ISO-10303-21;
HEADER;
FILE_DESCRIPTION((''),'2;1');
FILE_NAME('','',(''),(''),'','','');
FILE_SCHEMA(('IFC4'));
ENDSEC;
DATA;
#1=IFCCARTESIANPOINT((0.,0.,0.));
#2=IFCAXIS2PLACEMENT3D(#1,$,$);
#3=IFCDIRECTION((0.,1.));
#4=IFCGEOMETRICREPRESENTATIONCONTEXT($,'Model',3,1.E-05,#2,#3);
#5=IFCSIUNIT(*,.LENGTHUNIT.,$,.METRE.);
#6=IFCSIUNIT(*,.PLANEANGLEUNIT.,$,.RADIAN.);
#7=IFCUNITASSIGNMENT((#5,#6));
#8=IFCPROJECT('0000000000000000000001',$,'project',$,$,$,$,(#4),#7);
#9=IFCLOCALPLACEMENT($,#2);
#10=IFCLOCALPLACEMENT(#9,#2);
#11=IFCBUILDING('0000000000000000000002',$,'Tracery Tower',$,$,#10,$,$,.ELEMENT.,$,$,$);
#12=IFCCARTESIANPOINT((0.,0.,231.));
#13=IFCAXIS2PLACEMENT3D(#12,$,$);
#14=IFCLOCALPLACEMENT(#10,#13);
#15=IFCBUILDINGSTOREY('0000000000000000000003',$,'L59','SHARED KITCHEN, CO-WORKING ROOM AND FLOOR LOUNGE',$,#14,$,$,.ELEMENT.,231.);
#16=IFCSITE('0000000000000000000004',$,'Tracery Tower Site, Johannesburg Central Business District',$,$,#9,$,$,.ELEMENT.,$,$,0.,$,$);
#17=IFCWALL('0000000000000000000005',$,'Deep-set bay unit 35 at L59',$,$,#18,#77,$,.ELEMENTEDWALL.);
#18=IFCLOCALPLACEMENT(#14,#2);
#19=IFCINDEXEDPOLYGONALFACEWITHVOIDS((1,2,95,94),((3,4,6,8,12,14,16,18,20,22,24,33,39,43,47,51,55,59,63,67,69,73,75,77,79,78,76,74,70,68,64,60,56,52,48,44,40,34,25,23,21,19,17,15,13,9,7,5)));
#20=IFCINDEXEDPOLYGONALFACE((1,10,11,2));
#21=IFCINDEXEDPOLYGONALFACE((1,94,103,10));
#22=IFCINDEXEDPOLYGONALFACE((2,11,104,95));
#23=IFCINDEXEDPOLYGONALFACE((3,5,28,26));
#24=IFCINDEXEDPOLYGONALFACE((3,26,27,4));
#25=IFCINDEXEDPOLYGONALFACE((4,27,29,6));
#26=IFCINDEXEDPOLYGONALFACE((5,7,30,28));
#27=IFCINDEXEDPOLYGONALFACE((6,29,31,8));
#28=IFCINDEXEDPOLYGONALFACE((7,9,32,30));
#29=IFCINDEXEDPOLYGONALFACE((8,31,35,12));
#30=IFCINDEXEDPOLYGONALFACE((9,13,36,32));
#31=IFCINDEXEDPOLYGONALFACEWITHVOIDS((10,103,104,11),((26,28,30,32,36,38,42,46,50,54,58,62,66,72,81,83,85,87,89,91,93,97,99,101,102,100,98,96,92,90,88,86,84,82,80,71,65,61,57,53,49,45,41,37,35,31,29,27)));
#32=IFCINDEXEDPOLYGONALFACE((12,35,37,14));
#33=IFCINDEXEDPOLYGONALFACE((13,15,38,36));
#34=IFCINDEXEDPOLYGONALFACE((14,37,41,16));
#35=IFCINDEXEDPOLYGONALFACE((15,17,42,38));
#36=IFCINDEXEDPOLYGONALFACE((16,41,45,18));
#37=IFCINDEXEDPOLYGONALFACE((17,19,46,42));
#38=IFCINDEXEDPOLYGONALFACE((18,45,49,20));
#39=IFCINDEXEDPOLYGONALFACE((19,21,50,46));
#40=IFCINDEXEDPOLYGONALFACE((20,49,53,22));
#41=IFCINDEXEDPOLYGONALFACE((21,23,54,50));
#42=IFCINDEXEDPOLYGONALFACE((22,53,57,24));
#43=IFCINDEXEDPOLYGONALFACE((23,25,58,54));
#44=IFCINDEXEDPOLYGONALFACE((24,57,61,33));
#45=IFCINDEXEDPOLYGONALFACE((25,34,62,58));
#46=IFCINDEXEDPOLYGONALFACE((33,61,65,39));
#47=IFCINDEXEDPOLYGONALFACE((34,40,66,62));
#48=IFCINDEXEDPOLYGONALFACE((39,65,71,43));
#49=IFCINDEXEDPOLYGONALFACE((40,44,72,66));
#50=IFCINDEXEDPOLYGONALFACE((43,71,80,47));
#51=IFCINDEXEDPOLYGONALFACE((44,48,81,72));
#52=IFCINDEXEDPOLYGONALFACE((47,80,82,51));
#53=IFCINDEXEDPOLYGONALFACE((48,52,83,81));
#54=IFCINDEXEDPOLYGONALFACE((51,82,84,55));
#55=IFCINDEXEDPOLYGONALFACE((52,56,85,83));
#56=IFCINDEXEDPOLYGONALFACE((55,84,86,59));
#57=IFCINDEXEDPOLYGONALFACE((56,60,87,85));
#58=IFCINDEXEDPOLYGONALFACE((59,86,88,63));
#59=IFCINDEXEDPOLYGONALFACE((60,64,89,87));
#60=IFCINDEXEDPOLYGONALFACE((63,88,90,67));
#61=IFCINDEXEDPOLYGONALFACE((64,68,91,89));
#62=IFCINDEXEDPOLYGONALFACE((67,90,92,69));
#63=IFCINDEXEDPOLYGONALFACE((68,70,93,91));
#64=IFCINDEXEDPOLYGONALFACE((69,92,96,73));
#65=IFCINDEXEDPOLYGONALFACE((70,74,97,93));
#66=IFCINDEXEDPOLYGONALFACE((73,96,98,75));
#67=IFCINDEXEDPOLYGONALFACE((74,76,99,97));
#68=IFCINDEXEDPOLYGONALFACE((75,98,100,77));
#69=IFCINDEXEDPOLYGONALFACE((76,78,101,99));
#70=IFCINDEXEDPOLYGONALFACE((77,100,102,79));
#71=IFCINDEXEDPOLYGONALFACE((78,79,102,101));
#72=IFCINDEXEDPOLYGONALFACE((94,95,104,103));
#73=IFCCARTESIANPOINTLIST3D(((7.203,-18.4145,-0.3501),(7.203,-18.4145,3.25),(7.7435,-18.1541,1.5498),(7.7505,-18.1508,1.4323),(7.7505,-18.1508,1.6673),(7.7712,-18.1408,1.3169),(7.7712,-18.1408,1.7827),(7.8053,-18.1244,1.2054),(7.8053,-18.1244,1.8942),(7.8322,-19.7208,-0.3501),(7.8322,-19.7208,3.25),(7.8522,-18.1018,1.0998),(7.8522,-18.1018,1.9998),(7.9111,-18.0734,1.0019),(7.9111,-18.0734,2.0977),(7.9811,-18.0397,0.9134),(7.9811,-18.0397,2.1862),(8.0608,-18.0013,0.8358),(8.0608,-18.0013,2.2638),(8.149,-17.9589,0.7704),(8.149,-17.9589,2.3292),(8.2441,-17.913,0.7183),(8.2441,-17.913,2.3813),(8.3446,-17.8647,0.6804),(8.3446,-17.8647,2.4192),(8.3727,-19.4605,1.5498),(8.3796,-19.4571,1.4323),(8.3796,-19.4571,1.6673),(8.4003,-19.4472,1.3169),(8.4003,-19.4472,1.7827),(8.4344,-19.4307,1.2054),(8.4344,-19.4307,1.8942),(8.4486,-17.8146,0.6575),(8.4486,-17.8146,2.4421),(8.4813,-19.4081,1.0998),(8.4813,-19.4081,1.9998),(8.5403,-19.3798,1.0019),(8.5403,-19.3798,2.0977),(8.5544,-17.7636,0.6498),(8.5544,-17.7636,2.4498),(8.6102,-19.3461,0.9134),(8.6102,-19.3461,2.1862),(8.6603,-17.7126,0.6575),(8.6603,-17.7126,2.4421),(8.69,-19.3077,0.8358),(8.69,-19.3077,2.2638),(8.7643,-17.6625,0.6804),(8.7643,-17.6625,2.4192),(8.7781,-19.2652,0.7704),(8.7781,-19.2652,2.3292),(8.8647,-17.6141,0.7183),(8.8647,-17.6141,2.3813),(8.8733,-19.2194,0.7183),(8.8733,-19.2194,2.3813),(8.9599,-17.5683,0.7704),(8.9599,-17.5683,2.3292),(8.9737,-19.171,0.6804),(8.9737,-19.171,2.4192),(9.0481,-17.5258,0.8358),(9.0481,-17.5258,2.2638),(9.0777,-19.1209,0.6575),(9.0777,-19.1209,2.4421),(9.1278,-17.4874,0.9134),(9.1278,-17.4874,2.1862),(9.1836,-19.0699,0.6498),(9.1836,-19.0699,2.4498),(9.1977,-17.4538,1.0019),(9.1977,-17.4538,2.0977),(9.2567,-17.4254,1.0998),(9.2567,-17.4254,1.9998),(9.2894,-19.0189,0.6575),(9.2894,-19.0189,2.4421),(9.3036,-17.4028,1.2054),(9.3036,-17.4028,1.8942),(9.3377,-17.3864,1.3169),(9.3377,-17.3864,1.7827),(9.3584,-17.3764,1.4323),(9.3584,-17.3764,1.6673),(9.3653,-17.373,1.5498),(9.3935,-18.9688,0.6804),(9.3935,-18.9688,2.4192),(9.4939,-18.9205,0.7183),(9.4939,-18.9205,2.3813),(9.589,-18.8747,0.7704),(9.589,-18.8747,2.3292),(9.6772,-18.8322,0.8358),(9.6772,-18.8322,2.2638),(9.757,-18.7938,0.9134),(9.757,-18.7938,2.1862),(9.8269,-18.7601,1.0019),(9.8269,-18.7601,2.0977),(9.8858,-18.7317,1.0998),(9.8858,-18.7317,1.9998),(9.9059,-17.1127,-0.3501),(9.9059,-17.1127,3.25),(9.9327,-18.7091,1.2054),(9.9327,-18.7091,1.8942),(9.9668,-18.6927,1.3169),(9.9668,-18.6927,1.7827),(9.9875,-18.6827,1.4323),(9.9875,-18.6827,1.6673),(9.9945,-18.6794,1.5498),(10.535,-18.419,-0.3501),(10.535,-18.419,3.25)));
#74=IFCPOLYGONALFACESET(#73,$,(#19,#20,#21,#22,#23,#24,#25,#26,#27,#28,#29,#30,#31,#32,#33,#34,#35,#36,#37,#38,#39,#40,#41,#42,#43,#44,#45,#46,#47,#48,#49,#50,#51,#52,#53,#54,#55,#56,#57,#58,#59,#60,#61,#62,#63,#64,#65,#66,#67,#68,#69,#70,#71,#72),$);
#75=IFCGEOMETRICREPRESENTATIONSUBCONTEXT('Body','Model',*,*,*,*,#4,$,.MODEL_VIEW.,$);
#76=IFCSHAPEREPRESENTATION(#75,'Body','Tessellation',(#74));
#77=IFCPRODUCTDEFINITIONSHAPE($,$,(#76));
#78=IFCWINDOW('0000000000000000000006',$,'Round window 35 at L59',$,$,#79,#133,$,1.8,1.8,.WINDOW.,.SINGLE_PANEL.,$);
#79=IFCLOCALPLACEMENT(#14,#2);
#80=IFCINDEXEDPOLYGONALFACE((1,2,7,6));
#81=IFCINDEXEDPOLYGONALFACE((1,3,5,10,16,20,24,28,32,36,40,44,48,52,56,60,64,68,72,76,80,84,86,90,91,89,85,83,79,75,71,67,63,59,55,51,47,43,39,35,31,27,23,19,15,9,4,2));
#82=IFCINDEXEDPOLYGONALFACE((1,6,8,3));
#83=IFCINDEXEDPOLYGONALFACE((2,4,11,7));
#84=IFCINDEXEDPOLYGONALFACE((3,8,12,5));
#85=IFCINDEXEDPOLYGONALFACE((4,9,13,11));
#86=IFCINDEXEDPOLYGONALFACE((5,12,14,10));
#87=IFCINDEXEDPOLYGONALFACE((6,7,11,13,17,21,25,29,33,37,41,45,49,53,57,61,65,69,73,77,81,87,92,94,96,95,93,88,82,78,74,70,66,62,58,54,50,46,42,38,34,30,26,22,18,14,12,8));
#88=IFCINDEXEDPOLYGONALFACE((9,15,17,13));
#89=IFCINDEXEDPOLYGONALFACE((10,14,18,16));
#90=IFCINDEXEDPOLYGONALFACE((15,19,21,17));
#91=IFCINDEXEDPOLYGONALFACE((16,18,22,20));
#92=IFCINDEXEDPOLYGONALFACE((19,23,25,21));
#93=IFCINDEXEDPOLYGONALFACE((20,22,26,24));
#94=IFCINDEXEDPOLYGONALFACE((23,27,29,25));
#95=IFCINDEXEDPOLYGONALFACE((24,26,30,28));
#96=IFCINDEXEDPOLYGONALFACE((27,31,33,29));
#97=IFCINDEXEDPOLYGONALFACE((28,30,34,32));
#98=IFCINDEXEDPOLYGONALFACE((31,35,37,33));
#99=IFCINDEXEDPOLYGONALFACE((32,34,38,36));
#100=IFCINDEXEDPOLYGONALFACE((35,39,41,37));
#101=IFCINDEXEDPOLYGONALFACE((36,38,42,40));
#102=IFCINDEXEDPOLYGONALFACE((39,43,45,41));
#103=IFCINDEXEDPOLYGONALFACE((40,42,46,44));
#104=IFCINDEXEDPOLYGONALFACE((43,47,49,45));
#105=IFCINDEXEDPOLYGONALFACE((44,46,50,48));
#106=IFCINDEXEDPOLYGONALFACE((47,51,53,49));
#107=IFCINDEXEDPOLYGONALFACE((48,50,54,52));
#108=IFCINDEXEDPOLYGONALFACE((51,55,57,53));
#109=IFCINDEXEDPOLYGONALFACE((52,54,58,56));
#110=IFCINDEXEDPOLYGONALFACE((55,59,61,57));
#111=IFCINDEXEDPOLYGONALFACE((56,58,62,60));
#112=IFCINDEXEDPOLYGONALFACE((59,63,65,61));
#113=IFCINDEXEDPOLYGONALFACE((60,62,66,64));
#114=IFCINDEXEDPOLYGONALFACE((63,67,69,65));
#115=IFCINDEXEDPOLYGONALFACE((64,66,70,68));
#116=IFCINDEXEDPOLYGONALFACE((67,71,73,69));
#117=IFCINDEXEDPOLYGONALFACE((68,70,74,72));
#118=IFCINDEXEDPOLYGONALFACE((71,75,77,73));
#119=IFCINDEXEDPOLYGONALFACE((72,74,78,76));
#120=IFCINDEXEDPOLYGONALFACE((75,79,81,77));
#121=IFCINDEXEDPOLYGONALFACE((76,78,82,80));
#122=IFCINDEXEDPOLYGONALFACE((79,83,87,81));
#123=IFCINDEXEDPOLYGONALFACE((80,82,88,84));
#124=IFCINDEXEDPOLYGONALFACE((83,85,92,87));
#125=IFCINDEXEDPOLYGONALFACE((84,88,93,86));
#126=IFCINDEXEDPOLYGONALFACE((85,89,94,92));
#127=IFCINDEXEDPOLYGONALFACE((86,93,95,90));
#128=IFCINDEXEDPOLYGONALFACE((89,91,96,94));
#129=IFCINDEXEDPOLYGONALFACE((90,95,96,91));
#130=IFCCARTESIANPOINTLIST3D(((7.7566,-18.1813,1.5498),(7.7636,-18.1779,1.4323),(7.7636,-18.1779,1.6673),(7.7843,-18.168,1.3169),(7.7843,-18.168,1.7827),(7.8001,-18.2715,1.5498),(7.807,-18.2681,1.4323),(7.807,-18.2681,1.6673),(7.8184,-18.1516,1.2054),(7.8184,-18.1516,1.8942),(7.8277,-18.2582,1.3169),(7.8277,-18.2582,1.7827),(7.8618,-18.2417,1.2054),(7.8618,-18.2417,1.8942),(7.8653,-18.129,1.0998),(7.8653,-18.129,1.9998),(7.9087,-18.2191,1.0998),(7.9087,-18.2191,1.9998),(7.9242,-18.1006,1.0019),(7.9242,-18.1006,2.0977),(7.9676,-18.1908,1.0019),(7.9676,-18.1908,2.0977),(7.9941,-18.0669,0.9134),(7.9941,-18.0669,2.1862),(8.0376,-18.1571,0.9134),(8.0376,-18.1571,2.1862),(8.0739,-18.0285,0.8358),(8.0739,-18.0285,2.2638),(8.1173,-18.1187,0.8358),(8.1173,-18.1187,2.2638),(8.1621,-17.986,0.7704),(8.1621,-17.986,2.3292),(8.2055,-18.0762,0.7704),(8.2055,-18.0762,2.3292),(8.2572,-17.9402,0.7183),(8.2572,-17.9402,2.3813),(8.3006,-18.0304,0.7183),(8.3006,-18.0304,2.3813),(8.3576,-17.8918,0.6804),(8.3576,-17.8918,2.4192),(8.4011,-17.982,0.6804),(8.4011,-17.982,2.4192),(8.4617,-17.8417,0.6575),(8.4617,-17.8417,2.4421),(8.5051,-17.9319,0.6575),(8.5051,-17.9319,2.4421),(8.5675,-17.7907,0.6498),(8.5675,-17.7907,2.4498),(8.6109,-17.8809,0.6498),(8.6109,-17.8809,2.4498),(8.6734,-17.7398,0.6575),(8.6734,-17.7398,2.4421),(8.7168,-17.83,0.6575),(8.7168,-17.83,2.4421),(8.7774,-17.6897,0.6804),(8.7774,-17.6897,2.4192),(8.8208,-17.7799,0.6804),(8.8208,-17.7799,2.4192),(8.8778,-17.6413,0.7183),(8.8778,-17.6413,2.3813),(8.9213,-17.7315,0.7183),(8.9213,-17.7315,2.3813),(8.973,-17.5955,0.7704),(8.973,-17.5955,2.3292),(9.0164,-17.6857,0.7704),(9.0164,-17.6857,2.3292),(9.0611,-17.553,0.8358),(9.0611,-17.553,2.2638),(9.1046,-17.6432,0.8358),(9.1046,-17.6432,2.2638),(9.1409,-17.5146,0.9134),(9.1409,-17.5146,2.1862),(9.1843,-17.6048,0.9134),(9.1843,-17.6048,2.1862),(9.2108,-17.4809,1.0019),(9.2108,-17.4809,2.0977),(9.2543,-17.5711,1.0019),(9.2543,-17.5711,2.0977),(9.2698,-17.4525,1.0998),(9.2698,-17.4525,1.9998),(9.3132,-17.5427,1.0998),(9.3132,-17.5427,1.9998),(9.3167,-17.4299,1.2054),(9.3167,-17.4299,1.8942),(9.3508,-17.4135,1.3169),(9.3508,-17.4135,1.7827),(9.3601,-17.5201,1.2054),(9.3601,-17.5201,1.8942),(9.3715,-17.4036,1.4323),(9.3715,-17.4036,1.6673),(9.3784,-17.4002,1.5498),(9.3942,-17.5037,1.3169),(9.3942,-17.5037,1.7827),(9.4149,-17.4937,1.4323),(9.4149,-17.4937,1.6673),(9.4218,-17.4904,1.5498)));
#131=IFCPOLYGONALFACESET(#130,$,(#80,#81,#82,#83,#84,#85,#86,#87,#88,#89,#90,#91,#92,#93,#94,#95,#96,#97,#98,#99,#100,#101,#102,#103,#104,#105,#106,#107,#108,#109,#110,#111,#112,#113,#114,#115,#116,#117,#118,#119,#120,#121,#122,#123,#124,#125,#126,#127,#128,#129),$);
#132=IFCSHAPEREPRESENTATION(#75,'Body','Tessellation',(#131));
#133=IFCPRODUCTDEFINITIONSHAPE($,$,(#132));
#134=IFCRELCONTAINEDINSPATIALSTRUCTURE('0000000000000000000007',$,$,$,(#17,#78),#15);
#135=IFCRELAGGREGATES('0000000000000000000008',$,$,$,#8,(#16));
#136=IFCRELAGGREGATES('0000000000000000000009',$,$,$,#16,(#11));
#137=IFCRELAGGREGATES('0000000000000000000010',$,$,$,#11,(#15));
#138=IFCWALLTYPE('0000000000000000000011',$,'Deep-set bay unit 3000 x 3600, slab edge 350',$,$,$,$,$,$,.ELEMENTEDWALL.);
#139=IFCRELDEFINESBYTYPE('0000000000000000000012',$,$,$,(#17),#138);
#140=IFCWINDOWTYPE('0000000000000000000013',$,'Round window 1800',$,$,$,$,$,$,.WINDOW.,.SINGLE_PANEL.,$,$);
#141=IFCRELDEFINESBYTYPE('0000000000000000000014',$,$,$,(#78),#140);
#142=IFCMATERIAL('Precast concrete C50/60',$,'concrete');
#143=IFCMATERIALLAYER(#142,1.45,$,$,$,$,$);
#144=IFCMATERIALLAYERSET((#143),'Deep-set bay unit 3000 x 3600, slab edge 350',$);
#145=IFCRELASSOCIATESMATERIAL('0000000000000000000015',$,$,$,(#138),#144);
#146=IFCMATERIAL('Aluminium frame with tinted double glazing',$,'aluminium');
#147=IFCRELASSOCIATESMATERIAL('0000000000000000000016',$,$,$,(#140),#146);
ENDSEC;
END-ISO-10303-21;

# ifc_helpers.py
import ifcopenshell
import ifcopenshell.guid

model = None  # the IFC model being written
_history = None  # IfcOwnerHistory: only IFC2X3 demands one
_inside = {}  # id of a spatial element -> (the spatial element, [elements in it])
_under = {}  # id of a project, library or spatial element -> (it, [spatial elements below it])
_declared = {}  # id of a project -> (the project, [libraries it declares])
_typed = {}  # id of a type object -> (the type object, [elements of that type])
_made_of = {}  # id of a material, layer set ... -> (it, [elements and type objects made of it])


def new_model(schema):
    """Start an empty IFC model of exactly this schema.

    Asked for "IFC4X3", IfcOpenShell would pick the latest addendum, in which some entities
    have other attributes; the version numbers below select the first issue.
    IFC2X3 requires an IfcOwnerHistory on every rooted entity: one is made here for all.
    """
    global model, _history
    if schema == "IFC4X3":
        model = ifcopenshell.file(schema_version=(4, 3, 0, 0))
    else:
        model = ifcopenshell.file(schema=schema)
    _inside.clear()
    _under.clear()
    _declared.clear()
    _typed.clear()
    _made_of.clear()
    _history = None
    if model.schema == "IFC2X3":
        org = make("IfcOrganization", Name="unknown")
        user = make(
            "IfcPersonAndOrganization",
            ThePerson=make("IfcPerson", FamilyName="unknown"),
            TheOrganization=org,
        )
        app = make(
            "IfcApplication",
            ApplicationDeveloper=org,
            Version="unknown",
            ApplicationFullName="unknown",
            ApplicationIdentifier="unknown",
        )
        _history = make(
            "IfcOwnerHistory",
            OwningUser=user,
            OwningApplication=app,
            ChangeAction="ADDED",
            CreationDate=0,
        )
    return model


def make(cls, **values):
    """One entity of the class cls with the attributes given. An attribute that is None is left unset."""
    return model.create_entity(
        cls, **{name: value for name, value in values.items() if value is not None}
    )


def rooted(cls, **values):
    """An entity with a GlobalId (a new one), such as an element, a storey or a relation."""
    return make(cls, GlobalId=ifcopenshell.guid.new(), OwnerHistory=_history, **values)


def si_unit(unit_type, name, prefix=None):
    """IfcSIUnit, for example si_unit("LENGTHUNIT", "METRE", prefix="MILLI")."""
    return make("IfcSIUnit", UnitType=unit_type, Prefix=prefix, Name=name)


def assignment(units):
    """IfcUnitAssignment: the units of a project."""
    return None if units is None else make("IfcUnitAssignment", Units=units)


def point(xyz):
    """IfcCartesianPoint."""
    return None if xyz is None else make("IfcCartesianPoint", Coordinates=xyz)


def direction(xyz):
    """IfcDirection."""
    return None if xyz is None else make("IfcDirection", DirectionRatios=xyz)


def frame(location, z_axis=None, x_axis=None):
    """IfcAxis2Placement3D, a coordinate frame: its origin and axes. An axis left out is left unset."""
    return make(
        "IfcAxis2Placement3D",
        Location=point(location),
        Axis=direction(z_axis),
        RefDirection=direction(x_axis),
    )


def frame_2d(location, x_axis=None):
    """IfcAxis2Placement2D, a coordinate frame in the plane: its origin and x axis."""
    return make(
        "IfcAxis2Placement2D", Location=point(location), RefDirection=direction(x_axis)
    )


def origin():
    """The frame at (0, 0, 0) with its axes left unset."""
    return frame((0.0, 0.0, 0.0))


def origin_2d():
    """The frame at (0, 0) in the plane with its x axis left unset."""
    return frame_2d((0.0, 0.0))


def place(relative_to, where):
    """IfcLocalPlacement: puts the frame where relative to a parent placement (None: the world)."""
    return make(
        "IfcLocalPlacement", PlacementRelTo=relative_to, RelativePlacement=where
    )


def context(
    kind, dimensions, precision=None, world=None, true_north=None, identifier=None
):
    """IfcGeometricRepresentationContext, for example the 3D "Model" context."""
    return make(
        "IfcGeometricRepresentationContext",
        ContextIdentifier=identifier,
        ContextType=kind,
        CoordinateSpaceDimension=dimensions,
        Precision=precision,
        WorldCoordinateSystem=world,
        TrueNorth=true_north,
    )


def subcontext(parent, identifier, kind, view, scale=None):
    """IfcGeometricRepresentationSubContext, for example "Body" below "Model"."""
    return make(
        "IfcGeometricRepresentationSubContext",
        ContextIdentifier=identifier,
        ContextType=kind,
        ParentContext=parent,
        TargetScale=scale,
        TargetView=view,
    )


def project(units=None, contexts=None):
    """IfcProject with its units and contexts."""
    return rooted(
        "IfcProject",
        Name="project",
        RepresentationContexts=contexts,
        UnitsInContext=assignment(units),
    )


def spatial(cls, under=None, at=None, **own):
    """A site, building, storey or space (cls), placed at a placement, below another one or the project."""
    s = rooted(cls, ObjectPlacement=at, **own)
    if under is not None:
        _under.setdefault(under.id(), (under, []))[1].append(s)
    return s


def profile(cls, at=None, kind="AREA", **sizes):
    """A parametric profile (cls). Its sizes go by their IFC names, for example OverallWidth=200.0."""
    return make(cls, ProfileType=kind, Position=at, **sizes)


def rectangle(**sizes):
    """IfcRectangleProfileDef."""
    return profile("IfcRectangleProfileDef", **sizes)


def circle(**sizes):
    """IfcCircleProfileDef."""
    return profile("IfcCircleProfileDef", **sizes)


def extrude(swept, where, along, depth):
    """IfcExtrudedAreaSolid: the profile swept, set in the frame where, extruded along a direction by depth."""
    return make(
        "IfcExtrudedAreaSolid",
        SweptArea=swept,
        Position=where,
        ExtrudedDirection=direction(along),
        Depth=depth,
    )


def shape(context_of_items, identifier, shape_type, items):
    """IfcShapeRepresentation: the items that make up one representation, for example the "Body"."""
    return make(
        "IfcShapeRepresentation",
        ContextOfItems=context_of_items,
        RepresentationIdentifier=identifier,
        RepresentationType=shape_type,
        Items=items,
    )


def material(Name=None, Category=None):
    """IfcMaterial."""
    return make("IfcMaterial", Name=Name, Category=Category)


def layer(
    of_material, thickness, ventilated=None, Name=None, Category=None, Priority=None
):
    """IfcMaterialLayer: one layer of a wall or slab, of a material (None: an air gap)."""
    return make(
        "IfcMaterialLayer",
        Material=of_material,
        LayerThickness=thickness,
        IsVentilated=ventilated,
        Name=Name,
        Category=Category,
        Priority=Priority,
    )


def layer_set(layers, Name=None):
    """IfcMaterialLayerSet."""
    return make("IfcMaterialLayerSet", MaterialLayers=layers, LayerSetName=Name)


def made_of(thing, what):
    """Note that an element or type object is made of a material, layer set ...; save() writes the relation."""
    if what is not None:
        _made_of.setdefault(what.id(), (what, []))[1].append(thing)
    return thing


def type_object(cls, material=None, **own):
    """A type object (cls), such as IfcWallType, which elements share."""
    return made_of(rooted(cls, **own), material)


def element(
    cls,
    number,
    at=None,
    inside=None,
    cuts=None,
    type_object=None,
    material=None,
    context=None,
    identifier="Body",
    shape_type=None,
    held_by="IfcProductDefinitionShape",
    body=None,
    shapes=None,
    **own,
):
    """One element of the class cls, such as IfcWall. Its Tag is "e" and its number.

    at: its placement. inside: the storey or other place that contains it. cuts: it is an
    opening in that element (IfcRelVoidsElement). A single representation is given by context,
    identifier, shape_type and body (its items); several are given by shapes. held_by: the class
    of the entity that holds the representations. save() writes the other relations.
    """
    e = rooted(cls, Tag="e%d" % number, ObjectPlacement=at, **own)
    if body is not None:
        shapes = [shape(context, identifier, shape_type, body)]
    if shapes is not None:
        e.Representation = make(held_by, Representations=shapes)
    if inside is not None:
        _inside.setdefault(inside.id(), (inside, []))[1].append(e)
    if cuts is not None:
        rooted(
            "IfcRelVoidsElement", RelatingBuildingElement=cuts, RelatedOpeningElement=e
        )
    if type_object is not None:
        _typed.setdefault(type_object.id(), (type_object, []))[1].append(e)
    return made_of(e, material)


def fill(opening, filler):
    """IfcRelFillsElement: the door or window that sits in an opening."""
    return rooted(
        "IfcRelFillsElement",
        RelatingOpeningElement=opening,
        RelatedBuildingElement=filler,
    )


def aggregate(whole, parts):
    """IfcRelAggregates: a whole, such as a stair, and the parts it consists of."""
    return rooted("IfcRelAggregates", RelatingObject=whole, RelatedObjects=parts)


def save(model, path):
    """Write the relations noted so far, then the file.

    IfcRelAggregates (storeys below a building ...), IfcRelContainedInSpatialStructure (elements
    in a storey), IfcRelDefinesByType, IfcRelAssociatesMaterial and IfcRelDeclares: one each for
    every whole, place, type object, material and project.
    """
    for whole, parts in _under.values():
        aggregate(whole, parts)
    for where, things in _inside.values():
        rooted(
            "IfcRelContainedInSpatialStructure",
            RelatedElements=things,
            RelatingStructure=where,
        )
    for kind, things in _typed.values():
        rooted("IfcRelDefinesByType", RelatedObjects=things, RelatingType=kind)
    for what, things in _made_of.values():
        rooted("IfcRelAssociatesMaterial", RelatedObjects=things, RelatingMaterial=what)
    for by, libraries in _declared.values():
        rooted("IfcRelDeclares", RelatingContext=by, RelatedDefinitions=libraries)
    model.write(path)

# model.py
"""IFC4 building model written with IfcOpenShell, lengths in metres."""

from ifc_helpers import new_model, si_unit, direction, frame, frame_2d, origin, origin_2d, place, context, subcontext, project, spatial, rectangle, circle, extrude, material, layer, layer_set, type_object, element, fill, save


model = new_model("IFC4")

# Units and contexts
model_context = context("Model", 3, precision=1e-05, world=origin(), true_north=direction((0.0, 1.0)))
body_context = subcontext(model_context, "Body", "Model", "MODEL_VIEW")
ifc_project = project(units=[si_unit("LENGTHUNIT", "METRE"), si_unit("PLANEANGLEUNIT", "RADIAN")], contexts=[model_context])

# Site, building, storey
site_placement = place(None, origin())
site = spatial("IfcSite", under=ifc_project, at=site_placement, Name="Tracery Tower Site, Johannesburg Central Business District", CompositionType="ELEMENT", RefElevation=0.0)
building_placement = place(site_placement, origin())
building = spatial("IfcBuilding", under=site, at=building_placement, Name="Tracery Tower", CompositionType="ELEMENT")
storey_placement = place(building_placement, frame((0.0, 0.0, 231.0)))
storey = spatial("IfcBuildingStorey", under=building, at=storey_placement, Name="L59", Description="SHARED KITCHEN, CO-WORKING ROOM AND FLOOR LOUNGE", CompositionType="ELEMENT", Elevation=231.0)

# Wall, opening, window
ifc_material_1 = material(Name="Precast concrete C50/60", Category="concrete")
ifc_layer_1 = layer(ifc_material_1, 1.45)
ifc_layer_set_1 = layer_set([ifc_layer_1], Name="Deep-set bay unit 3000 x 3600, slab edge 350")
wall_type_1 = type_object("IfcWallType", Name="Deep-set bay unit 3000 x 3600, slab edge 350", PredefinedType="ELEMENTEDWALL", material=ifc_layer_set_1)
wall_1_placement = place(storey_placement, frame((7.5176, -19.0676, -0.3501), z_axis=(0.0, 0.0, 1.0), x_axis=(0.900953, 0.433916, 0.0)))
wall_1 = element("IfcWall", 1, at=wall_1_placement, inside=storey, type_object=wall_type_1, Name="Deep-set bay unit 35 at L59", PredefinedType="ELEMENTEDWALL", context=body_context, shape_type="SweptSolid", body=[
    extrude(rectangle(XDim=3.0, YDim=1.45, at=frame_2d((1.5, 0.0))), origin(), (0.0, 0.0, 1.0), 3.6001),
])
opening_1_placement = place(wall_1_placement, frame((1.5, 0.0, 1.8999)))
opening_1 = element("IfcOpeningElement", 2, at=opening_1_placement, cuts=wall_1, PredefinedType="OPENING", context=body_context, shape_type="SweptSolid", body=[
    extrude(circle(Radius=0.9, at=origin_2d()), frame((0.0, 0.7349, 0.0), z_axis=(0.0, -1.0, 0.0), x_axis=(1.0, 0.0, 0.0)), (0.0, 0.0, 1.0), 1.47),
])
ifc_material_2 = material(Name="Aluminium frame with tinted double glazing", Category="aluminium")
window_type = type_object("IfcWindowType", Name="Round window 1800", PartitioningType="SINGLE_PANEL", PredefinedType="WINDOW", material=ifc_material_2)
window_1_placement = place(opening_1_placement, origin())
window_1 = element("IfcWindow", 3, at=window_1_placement, inside=storey, type_object=window_type, Name="Round window 35 at L59", OverallHeight=1.8, OverallWidth=1.8, PartitioningType="SINGLE_PANEL", PredefinedType="WINDOW", context=body_context, shape_type="SweptSolid", body=[
    extrude(circle(Radius=0.9, at=origin_2d()), frame((0.0, 0.6948, 0.0), z_axis=(0.0, -1.0, 0.0), x_axis=(1.0, 0.0, 0.0)), (0.0, 0.0, 1.0), 0.1001),
])
fill(opening_1, window_1)

save(model, "model.ifc")
